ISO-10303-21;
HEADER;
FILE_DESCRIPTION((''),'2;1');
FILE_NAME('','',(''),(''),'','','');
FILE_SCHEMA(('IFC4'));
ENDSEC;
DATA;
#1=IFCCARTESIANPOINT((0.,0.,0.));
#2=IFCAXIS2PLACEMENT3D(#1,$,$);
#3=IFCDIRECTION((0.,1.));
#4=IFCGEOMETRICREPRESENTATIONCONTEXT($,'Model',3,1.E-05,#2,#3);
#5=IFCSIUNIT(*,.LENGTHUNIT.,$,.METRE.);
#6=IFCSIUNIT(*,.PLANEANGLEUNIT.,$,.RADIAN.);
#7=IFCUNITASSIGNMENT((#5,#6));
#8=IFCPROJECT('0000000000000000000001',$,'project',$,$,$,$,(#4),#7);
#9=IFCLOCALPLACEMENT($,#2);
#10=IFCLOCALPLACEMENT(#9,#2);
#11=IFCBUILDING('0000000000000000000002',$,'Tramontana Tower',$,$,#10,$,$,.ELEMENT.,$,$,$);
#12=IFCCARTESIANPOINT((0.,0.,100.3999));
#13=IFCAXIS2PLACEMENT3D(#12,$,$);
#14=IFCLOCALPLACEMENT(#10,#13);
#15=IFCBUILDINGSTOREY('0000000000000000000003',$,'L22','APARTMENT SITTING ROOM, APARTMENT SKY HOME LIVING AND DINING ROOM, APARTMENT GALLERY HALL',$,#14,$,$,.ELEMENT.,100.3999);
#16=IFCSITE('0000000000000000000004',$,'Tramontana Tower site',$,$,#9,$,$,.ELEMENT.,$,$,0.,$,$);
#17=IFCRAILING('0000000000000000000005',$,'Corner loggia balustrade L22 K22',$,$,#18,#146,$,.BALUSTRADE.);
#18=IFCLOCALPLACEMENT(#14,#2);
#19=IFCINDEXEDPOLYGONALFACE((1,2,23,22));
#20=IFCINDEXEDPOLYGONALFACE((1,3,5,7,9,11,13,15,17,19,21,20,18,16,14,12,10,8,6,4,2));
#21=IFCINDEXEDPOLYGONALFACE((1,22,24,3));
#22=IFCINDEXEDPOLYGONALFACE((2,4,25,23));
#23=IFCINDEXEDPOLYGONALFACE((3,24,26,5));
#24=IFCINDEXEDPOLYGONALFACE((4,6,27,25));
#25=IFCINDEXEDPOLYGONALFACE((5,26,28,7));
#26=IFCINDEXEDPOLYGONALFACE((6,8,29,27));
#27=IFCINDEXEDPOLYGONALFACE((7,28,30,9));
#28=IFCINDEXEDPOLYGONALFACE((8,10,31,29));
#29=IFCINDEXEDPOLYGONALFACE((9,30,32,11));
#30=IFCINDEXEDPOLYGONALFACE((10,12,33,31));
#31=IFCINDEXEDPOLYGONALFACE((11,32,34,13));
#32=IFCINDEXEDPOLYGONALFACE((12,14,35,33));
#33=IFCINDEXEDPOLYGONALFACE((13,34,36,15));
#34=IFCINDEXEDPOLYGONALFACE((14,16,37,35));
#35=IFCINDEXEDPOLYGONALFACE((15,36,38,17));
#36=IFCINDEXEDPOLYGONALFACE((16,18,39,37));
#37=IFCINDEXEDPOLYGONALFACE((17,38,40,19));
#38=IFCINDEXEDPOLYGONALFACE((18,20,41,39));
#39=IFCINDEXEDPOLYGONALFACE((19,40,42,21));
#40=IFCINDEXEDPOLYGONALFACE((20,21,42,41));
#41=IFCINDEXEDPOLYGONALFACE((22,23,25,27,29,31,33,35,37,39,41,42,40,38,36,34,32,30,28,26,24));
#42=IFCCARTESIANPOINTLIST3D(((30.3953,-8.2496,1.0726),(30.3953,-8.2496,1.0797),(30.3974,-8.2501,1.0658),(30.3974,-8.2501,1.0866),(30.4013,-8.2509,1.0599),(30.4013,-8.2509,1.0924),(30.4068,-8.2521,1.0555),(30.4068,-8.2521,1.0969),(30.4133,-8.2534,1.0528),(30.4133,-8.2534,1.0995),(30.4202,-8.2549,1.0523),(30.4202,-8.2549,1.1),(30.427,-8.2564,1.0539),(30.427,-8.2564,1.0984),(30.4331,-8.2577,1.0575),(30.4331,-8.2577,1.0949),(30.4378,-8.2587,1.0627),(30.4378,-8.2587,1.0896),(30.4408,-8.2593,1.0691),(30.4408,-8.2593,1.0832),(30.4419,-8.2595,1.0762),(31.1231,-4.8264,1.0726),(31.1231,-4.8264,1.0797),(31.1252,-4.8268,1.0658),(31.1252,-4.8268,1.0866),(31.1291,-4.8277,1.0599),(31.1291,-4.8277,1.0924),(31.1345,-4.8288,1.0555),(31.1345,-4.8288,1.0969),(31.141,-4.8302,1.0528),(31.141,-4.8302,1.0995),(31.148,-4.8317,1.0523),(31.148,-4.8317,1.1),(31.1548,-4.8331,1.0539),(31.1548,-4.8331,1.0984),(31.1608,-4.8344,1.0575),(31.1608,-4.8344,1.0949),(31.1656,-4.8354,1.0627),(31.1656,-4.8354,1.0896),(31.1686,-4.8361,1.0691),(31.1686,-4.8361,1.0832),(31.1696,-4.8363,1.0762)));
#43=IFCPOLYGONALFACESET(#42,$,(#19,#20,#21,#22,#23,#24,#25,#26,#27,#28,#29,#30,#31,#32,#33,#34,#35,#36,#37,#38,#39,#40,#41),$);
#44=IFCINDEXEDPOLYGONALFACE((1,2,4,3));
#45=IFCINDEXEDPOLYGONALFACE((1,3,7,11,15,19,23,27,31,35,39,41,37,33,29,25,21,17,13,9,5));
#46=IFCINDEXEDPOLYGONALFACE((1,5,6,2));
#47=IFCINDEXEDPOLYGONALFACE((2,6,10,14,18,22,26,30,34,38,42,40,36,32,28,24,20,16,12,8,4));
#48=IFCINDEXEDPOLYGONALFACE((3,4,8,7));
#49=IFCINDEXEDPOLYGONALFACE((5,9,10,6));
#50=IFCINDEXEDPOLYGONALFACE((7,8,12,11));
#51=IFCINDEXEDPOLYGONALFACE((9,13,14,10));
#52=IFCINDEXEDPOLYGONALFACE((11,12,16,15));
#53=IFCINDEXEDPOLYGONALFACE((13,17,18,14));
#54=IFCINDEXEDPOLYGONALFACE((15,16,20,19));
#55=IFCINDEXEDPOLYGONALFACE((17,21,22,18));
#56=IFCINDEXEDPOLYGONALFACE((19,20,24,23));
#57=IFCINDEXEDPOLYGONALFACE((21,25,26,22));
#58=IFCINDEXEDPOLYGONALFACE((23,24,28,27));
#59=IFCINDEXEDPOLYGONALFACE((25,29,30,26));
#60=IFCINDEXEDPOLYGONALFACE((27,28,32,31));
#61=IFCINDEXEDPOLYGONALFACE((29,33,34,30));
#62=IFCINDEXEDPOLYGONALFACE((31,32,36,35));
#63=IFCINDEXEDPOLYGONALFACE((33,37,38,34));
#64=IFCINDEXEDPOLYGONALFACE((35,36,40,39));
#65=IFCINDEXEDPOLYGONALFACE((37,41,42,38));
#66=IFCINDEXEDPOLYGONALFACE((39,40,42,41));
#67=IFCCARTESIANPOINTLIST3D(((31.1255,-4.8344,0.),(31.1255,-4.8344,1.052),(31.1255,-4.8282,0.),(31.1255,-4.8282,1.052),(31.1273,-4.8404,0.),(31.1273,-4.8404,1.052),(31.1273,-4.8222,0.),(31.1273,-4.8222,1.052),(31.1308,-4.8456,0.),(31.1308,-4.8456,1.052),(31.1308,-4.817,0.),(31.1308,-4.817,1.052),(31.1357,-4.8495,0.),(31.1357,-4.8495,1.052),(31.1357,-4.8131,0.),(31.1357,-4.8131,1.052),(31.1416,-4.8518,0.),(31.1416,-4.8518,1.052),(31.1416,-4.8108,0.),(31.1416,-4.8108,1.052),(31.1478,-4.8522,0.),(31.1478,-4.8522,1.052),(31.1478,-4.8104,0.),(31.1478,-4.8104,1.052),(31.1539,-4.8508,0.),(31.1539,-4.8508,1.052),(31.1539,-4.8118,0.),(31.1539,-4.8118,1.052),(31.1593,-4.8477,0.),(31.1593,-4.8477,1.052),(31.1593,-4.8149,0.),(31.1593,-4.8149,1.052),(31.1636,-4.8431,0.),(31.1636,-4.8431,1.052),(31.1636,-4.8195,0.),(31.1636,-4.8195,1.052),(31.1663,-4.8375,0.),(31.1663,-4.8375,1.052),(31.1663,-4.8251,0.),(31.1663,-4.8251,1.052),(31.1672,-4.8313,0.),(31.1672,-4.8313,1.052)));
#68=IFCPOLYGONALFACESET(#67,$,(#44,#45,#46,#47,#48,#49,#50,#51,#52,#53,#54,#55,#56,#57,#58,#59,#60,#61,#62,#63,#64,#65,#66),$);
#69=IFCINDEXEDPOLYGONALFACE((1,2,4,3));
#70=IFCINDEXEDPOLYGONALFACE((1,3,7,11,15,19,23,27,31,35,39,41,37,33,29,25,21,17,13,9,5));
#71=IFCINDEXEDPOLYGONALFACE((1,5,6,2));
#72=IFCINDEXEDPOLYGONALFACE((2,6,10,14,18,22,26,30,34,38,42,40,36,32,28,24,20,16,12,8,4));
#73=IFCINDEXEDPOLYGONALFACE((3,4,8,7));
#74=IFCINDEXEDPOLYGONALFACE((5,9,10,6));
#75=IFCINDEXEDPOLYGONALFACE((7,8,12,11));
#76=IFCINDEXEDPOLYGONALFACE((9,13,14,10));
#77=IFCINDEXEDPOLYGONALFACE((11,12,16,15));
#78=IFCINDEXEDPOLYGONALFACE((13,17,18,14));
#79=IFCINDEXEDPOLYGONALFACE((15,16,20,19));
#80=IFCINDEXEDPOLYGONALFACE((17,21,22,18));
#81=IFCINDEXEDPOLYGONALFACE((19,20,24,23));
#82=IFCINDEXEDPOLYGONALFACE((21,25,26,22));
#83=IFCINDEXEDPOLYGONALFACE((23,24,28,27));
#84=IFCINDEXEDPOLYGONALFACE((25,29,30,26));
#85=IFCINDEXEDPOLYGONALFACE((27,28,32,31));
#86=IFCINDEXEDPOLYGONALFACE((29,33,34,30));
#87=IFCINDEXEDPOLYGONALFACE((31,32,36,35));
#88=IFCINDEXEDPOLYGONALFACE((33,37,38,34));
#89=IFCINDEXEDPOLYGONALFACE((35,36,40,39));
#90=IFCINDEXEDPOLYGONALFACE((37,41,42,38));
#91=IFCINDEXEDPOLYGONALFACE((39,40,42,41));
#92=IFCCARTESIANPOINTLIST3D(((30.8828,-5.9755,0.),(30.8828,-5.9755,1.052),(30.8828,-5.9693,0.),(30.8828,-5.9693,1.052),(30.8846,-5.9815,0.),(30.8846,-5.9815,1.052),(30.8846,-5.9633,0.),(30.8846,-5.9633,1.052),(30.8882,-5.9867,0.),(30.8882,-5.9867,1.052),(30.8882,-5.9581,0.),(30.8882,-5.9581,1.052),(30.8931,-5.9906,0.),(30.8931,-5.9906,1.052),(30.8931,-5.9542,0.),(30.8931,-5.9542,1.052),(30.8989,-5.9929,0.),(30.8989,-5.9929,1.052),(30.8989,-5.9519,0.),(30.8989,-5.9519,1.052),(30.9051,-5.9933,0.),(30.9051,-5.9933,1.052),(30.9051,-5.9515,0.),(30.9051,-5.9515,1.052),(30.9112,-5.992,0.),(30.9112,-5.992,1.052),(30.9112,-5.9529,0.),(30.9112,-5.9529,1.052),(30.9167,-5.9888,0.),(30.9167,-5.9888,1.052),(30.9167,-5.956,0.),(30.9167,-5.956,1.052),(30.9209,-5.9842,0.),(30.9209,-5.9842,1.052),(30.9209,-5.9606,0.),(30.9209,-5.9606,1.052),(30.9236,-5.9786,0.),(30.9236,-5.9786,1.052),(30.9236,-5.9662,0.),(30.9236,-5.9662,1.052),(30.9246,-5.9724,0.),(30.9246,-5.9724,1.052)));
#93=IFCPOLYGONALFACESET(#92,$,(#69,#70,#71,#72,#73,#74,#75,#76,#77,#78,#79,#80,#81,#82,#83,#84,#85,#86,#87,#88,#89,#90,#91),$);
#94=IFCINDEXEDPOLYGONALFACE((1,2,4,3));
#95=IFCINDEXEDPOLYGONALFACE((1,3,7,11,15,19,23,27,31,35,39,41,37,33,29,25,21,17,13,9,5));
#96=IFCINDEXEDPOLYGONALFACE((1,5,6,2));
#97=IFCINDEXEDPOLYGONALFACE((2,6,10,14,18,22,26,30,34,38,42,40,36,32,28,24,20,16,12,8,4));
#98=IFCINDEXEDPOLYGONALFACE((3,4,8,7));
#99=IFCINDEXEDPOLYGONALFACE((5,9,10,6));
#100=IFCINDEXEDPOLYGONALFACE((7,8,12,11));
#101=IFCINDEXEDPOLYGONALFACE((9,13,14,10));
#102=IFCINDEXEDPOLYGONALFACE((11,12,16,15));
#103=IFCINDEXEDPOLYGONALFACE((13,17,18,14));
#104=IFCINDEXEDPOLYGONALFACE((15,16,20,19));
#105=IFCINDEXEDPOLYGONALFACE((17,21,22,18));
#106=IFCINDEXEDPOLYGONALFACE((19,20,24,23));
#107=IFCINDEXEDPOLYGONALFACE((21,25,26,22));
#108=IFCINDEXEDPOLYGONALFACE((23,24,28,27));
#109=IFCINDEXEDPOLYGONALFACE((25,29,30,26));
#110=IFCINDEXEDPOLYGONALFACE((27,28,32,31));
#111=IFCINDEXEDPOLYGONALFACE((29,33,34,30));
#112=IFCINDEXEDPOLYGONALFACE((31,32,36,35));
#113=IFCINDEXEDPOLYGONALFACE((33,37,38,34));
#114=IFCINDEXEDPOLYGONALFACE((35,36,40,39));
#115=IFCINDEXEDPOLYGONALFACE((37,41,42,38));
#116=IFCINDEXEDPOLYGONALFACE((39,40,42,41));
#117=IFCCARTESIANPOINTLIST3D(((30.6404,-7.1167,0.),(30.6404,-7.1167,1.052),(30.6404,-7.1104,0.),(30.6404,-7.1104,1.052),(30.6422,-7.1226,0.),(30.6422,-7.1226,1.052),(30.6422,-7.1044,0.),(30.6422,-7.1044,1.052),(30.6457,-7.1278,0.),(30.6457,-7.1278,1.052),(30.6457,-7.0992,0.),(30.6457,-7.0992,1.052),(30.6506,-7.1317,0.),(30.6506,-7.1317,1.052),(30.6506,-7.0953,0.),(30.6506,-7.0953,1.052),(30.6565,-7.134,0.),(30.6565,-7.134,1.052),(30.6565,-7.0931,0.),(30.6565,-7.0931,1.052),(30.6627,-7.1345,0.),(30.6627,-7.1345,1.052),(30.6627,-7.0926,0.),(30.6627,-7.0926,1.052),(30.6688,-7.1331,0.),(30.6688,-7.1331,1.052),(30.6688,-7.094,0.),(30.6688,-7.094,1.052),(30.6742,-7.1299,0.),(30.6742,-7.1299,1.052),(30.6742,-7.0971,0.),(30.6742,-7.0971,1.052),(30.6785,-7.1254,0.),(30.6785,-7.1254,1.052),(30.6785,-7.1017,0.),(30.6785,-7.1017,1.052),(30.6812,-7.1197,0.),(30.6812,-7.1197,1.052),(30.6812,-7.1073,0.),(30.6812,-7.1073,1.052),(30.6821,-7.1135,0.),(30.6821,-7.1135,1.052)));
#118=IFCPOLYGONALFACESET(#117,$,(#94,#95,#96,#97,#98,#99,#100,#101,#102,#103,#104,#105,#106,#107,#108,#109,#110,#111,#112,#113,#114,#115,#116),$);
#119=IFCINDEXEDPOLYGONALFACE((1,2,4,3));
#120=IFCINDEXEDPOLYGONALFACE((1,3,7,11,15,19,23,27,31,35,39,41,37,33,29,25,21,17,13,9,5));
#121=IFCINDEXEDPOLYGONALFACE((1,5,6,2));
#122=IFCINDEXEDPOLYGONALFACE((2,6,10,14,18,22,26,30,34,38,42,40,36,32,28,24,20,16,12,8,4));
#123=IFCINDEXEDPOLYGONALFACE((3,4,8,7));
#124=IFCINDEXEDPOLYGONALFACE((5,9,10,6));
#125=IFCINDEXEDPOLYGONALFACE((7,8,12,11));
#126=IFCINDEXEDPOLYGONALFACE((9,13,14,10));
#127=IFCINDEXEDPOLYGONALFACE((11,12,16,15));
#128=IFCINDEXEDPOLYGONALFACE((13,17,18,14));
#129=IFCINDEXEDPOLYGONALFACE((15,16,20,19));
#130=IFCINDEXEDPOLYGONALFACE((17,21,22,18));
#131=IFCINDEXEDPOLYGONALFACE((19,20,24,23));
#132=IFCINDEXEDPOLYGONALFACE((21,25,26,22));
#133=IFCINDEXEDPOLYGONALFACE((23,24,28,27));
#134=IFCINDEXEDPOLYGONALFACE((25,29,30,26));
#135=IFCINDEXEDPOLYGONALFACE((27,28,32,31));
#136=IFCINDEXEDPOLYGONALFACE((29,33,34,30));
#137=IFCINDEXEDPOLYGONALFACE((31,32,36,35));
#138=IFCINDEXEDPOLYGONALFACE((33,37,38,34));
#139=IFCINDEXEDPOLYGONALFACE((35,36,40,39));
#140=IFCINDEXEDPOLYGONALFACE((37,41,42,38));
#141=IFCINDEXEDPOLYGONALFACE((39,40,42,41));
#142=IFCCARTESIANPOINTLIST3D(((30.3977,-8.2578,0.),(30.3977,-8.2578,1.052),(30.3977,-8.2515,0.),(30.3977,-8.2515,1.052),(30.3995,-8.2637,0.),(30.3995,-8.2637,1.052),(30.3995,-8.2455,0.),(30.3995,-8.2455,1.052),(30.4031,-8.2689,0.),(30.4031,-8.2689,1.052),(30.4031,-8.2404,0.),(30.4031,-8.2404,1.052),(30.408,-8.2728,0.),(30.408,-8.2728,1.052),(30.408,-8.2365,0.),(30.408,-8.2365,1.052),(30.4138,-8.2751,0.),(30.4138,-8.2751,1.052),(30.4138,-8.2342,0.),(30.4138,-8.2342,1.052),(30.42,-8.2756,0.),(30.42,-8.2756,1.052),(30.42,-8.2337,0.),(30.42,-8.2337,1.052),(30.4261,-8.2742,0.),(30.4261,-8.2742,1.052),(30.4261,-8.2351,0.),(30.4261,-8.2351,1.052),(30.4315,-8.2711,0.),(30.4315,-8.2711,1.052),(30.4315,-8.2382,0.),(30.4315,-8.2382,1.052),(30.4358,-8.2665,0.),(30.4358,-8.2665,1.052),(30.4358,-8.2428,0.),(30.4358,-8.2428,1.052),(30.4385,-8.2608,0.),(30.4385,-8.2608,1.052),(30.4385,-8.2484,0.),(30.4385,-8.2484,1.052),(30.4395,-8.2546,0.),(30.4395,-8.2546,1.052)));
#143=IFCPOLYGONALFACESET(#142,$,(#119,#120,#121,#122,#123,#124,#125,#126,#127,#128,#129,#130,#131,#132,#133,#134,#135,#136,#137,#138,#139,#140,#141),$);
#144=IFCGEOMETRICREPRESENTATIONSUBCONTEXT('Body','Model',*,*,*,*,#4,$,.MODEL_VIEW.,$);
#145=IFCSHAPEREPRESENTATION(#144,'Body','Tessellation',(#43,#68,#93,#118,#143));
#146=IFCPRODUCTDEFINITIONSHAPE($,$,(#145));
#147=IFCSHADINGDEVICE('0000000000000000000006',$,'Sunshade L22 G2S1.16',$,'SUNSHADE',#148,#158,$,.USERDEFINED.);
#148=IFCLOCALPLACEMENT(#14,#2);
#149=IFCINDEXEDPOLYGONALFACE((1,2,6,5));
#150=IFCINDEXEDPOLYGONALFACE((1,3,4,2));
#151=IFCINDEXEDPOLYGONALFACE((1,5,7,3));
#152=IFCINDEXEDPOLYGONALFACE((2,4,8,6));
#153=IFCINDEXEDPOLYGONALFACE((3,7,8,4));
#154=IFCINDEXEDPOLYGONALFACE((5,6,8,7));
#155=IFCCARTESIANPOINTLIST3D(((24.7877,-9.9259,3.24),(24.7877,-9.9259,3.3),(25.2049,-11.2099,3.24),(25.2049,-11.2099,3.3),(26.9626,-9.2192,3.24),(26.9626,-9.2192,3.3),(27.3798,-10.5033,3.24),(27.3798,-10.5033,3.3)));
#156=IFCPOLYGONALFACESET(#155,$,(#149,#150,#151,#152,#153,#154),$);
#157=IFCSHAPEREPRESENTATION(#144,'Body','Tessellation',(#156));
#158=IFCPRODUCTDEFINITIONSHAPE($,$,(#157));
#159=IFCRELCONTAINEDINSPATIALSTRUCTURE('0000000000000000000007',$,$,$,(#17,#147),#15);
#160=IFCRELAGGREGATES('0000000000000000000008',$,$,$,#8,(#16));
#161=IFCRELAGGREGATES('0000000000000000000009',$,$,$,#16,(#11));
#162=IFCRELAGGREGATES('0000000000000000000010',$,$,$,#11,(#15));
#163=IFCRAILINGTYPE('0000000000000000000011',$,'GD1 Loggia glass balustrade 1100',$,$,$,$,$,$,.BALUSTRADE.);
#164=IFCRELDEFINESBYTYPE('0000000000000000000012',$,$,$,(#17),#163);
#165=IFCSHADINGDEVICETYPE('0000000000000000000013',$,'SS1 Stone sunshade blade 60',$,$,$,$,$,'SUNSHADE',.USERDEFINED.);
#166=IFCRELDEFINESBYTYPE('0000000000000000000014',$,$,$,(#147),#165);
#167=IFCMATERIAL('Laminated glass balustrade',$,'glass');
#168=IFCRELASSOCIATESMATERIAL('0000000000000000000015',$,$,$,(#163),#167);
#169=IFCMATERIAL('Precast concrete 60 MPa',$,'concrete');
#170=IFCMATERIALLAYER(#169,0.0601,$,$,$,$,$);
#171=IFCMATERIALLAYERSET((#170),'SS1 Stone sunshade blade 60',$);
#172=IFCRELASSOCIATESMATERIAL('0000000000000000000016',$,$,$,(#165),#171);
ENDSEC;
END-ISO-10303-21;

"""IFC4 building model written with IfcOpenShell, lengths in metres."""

from ifc_helpers import new_model, si_unit, direction, frame, origin, origin_2d, place, context, subcontext, project, spatial, rectangle, circle, extrude, material, layer, layer_set, type_object, element, save


model = new_model("IFC4")

# Units and contexts
model_context = context("Model", 3, precision=1e-05, world=origin(), true_north=direction((0.0, 1.0)))
body_context = subcontext(model_context, "Body", "Model", "MODEL_VIEW")
ifc_project = project(units=[si_unit("LENGTHUNIT", "METRE"), si_unit("PLANEANGLEUNIT", "RADIAN")], contexts=[model_context])

# Site, building, storey
site_placement = place(None, origin())
site = spatial("IfcSite", under=ifc_project, at=site_placement, Name="Tramontana Tower site", CompositionType="ELEMENT", RefElevation=0.0)
building_placement = place(site_placement, origin())
building = spatial("IfcBuilding", under=site, at=building_placement, Name="Tramontana Tower", CompositionType="ELEMENT")
storey_placement = place(building_placement, frame((0.0, 0.0, 100.3999)))
storey = spatial("IfcBuildingStorey", under=building, at=storey_placement, Name="L22", Description="APARTMENT SITTING ROOM, APARTMENT SKY HOME LIVING AND DINING ROOM, APARTMENT GALLERY HALL", CompositionType="ELEMENT", Elevation=100.3999)

# Railing
ifc_material_1 = material(Name="Laminated glass balustrade", Category="glass")
railing_type = type_object("IfcRailingType", Name="GD1 Loggia glass balustrade 1100", PredefinedType="BALUSTRADE", material=ifc_material_1)
railing_1_placement = place(storey_placement, frame((31.1462, -4.8313, 0.0)))
element("IfcRailing", 1, at=railing_1_placement, inside=storey, type_object=railing_type, Name="Corner loggia balustrade L22 K22", PredefinedType="BALUSTRADE", context=body_context, shape_type="SweptSolid", body=[
    extrude(circle(Radius=0.0239, at=origin_2d()), frame((0.0, 0.0, 1.0762), z_axis=(-0.207947, -0.97814, 0.0), x_axis=(0.97814, -0.207947, 0.0)), (0.0, 0.0, 1.0), 3.4998),
    extrude(circle(Radius=0.021, at=origin_2d()), origin(), (0.0, 0.0, 1.0), 1.052),
    extrude(circle(Radius=0.021, at=origin_2d()), frame((-0.2427, -1.1411, 0.0)), (0.0, 0.0, 1.0), 1.052),
    extrude(circle(Radius=0.021, at=origin_2d()), frame((-0.4851, -2.2822, 0.0)), (0.0, 0.0, 1.0), 1.052),
    extrude(circle(Radius=0.021, at=origin_2d()), frame((-0.7278, -3.4233, 0.0)), (0.0, 0.0, 1.0), 1.052),
])

# Shading device
ifc_material_2 = material(Name="Precast concrete 60 MPa", Category="concrete")
ifc_layer_1 = layer(ifc_material_2, 0.0601)
ifc_layer_set_1 = layer_set([ifc_layer_1], Name="SS1 Stone sunshade blade 60")
shading_device_type = type_object("IfcShadingDeviceType", Name="SS1 Stone sunshade blade 60", ElementType="SUNSHADE", PredefinedType="USERDEFINED", material=ifc_layer_set_1)
shading_device_placement = place(storey_placement, frame((26.0837, -10.2146, 3.24), z_axis=(0.0, 0.0, 1.0), x_axis=(0.951057, 0.309017, 0.0)))
element("IfcShadingDevice", 2, at=shading_device_placement, inside=storey, type_object=shading_device_type, Name="Sunshade L22 G2S1.16", ObjectType="SUNSHADE", PredefinedType="USERDEFINED", context=body_context, shape_type="SweptSolid", body=[
    extrude(rectangle(XDim=2.2869, YDim=1.3501, at=origin_2d()), origin(), (0.0, 0.0, 1.0), 0.0601),
])

save(model, "model.ifc")
